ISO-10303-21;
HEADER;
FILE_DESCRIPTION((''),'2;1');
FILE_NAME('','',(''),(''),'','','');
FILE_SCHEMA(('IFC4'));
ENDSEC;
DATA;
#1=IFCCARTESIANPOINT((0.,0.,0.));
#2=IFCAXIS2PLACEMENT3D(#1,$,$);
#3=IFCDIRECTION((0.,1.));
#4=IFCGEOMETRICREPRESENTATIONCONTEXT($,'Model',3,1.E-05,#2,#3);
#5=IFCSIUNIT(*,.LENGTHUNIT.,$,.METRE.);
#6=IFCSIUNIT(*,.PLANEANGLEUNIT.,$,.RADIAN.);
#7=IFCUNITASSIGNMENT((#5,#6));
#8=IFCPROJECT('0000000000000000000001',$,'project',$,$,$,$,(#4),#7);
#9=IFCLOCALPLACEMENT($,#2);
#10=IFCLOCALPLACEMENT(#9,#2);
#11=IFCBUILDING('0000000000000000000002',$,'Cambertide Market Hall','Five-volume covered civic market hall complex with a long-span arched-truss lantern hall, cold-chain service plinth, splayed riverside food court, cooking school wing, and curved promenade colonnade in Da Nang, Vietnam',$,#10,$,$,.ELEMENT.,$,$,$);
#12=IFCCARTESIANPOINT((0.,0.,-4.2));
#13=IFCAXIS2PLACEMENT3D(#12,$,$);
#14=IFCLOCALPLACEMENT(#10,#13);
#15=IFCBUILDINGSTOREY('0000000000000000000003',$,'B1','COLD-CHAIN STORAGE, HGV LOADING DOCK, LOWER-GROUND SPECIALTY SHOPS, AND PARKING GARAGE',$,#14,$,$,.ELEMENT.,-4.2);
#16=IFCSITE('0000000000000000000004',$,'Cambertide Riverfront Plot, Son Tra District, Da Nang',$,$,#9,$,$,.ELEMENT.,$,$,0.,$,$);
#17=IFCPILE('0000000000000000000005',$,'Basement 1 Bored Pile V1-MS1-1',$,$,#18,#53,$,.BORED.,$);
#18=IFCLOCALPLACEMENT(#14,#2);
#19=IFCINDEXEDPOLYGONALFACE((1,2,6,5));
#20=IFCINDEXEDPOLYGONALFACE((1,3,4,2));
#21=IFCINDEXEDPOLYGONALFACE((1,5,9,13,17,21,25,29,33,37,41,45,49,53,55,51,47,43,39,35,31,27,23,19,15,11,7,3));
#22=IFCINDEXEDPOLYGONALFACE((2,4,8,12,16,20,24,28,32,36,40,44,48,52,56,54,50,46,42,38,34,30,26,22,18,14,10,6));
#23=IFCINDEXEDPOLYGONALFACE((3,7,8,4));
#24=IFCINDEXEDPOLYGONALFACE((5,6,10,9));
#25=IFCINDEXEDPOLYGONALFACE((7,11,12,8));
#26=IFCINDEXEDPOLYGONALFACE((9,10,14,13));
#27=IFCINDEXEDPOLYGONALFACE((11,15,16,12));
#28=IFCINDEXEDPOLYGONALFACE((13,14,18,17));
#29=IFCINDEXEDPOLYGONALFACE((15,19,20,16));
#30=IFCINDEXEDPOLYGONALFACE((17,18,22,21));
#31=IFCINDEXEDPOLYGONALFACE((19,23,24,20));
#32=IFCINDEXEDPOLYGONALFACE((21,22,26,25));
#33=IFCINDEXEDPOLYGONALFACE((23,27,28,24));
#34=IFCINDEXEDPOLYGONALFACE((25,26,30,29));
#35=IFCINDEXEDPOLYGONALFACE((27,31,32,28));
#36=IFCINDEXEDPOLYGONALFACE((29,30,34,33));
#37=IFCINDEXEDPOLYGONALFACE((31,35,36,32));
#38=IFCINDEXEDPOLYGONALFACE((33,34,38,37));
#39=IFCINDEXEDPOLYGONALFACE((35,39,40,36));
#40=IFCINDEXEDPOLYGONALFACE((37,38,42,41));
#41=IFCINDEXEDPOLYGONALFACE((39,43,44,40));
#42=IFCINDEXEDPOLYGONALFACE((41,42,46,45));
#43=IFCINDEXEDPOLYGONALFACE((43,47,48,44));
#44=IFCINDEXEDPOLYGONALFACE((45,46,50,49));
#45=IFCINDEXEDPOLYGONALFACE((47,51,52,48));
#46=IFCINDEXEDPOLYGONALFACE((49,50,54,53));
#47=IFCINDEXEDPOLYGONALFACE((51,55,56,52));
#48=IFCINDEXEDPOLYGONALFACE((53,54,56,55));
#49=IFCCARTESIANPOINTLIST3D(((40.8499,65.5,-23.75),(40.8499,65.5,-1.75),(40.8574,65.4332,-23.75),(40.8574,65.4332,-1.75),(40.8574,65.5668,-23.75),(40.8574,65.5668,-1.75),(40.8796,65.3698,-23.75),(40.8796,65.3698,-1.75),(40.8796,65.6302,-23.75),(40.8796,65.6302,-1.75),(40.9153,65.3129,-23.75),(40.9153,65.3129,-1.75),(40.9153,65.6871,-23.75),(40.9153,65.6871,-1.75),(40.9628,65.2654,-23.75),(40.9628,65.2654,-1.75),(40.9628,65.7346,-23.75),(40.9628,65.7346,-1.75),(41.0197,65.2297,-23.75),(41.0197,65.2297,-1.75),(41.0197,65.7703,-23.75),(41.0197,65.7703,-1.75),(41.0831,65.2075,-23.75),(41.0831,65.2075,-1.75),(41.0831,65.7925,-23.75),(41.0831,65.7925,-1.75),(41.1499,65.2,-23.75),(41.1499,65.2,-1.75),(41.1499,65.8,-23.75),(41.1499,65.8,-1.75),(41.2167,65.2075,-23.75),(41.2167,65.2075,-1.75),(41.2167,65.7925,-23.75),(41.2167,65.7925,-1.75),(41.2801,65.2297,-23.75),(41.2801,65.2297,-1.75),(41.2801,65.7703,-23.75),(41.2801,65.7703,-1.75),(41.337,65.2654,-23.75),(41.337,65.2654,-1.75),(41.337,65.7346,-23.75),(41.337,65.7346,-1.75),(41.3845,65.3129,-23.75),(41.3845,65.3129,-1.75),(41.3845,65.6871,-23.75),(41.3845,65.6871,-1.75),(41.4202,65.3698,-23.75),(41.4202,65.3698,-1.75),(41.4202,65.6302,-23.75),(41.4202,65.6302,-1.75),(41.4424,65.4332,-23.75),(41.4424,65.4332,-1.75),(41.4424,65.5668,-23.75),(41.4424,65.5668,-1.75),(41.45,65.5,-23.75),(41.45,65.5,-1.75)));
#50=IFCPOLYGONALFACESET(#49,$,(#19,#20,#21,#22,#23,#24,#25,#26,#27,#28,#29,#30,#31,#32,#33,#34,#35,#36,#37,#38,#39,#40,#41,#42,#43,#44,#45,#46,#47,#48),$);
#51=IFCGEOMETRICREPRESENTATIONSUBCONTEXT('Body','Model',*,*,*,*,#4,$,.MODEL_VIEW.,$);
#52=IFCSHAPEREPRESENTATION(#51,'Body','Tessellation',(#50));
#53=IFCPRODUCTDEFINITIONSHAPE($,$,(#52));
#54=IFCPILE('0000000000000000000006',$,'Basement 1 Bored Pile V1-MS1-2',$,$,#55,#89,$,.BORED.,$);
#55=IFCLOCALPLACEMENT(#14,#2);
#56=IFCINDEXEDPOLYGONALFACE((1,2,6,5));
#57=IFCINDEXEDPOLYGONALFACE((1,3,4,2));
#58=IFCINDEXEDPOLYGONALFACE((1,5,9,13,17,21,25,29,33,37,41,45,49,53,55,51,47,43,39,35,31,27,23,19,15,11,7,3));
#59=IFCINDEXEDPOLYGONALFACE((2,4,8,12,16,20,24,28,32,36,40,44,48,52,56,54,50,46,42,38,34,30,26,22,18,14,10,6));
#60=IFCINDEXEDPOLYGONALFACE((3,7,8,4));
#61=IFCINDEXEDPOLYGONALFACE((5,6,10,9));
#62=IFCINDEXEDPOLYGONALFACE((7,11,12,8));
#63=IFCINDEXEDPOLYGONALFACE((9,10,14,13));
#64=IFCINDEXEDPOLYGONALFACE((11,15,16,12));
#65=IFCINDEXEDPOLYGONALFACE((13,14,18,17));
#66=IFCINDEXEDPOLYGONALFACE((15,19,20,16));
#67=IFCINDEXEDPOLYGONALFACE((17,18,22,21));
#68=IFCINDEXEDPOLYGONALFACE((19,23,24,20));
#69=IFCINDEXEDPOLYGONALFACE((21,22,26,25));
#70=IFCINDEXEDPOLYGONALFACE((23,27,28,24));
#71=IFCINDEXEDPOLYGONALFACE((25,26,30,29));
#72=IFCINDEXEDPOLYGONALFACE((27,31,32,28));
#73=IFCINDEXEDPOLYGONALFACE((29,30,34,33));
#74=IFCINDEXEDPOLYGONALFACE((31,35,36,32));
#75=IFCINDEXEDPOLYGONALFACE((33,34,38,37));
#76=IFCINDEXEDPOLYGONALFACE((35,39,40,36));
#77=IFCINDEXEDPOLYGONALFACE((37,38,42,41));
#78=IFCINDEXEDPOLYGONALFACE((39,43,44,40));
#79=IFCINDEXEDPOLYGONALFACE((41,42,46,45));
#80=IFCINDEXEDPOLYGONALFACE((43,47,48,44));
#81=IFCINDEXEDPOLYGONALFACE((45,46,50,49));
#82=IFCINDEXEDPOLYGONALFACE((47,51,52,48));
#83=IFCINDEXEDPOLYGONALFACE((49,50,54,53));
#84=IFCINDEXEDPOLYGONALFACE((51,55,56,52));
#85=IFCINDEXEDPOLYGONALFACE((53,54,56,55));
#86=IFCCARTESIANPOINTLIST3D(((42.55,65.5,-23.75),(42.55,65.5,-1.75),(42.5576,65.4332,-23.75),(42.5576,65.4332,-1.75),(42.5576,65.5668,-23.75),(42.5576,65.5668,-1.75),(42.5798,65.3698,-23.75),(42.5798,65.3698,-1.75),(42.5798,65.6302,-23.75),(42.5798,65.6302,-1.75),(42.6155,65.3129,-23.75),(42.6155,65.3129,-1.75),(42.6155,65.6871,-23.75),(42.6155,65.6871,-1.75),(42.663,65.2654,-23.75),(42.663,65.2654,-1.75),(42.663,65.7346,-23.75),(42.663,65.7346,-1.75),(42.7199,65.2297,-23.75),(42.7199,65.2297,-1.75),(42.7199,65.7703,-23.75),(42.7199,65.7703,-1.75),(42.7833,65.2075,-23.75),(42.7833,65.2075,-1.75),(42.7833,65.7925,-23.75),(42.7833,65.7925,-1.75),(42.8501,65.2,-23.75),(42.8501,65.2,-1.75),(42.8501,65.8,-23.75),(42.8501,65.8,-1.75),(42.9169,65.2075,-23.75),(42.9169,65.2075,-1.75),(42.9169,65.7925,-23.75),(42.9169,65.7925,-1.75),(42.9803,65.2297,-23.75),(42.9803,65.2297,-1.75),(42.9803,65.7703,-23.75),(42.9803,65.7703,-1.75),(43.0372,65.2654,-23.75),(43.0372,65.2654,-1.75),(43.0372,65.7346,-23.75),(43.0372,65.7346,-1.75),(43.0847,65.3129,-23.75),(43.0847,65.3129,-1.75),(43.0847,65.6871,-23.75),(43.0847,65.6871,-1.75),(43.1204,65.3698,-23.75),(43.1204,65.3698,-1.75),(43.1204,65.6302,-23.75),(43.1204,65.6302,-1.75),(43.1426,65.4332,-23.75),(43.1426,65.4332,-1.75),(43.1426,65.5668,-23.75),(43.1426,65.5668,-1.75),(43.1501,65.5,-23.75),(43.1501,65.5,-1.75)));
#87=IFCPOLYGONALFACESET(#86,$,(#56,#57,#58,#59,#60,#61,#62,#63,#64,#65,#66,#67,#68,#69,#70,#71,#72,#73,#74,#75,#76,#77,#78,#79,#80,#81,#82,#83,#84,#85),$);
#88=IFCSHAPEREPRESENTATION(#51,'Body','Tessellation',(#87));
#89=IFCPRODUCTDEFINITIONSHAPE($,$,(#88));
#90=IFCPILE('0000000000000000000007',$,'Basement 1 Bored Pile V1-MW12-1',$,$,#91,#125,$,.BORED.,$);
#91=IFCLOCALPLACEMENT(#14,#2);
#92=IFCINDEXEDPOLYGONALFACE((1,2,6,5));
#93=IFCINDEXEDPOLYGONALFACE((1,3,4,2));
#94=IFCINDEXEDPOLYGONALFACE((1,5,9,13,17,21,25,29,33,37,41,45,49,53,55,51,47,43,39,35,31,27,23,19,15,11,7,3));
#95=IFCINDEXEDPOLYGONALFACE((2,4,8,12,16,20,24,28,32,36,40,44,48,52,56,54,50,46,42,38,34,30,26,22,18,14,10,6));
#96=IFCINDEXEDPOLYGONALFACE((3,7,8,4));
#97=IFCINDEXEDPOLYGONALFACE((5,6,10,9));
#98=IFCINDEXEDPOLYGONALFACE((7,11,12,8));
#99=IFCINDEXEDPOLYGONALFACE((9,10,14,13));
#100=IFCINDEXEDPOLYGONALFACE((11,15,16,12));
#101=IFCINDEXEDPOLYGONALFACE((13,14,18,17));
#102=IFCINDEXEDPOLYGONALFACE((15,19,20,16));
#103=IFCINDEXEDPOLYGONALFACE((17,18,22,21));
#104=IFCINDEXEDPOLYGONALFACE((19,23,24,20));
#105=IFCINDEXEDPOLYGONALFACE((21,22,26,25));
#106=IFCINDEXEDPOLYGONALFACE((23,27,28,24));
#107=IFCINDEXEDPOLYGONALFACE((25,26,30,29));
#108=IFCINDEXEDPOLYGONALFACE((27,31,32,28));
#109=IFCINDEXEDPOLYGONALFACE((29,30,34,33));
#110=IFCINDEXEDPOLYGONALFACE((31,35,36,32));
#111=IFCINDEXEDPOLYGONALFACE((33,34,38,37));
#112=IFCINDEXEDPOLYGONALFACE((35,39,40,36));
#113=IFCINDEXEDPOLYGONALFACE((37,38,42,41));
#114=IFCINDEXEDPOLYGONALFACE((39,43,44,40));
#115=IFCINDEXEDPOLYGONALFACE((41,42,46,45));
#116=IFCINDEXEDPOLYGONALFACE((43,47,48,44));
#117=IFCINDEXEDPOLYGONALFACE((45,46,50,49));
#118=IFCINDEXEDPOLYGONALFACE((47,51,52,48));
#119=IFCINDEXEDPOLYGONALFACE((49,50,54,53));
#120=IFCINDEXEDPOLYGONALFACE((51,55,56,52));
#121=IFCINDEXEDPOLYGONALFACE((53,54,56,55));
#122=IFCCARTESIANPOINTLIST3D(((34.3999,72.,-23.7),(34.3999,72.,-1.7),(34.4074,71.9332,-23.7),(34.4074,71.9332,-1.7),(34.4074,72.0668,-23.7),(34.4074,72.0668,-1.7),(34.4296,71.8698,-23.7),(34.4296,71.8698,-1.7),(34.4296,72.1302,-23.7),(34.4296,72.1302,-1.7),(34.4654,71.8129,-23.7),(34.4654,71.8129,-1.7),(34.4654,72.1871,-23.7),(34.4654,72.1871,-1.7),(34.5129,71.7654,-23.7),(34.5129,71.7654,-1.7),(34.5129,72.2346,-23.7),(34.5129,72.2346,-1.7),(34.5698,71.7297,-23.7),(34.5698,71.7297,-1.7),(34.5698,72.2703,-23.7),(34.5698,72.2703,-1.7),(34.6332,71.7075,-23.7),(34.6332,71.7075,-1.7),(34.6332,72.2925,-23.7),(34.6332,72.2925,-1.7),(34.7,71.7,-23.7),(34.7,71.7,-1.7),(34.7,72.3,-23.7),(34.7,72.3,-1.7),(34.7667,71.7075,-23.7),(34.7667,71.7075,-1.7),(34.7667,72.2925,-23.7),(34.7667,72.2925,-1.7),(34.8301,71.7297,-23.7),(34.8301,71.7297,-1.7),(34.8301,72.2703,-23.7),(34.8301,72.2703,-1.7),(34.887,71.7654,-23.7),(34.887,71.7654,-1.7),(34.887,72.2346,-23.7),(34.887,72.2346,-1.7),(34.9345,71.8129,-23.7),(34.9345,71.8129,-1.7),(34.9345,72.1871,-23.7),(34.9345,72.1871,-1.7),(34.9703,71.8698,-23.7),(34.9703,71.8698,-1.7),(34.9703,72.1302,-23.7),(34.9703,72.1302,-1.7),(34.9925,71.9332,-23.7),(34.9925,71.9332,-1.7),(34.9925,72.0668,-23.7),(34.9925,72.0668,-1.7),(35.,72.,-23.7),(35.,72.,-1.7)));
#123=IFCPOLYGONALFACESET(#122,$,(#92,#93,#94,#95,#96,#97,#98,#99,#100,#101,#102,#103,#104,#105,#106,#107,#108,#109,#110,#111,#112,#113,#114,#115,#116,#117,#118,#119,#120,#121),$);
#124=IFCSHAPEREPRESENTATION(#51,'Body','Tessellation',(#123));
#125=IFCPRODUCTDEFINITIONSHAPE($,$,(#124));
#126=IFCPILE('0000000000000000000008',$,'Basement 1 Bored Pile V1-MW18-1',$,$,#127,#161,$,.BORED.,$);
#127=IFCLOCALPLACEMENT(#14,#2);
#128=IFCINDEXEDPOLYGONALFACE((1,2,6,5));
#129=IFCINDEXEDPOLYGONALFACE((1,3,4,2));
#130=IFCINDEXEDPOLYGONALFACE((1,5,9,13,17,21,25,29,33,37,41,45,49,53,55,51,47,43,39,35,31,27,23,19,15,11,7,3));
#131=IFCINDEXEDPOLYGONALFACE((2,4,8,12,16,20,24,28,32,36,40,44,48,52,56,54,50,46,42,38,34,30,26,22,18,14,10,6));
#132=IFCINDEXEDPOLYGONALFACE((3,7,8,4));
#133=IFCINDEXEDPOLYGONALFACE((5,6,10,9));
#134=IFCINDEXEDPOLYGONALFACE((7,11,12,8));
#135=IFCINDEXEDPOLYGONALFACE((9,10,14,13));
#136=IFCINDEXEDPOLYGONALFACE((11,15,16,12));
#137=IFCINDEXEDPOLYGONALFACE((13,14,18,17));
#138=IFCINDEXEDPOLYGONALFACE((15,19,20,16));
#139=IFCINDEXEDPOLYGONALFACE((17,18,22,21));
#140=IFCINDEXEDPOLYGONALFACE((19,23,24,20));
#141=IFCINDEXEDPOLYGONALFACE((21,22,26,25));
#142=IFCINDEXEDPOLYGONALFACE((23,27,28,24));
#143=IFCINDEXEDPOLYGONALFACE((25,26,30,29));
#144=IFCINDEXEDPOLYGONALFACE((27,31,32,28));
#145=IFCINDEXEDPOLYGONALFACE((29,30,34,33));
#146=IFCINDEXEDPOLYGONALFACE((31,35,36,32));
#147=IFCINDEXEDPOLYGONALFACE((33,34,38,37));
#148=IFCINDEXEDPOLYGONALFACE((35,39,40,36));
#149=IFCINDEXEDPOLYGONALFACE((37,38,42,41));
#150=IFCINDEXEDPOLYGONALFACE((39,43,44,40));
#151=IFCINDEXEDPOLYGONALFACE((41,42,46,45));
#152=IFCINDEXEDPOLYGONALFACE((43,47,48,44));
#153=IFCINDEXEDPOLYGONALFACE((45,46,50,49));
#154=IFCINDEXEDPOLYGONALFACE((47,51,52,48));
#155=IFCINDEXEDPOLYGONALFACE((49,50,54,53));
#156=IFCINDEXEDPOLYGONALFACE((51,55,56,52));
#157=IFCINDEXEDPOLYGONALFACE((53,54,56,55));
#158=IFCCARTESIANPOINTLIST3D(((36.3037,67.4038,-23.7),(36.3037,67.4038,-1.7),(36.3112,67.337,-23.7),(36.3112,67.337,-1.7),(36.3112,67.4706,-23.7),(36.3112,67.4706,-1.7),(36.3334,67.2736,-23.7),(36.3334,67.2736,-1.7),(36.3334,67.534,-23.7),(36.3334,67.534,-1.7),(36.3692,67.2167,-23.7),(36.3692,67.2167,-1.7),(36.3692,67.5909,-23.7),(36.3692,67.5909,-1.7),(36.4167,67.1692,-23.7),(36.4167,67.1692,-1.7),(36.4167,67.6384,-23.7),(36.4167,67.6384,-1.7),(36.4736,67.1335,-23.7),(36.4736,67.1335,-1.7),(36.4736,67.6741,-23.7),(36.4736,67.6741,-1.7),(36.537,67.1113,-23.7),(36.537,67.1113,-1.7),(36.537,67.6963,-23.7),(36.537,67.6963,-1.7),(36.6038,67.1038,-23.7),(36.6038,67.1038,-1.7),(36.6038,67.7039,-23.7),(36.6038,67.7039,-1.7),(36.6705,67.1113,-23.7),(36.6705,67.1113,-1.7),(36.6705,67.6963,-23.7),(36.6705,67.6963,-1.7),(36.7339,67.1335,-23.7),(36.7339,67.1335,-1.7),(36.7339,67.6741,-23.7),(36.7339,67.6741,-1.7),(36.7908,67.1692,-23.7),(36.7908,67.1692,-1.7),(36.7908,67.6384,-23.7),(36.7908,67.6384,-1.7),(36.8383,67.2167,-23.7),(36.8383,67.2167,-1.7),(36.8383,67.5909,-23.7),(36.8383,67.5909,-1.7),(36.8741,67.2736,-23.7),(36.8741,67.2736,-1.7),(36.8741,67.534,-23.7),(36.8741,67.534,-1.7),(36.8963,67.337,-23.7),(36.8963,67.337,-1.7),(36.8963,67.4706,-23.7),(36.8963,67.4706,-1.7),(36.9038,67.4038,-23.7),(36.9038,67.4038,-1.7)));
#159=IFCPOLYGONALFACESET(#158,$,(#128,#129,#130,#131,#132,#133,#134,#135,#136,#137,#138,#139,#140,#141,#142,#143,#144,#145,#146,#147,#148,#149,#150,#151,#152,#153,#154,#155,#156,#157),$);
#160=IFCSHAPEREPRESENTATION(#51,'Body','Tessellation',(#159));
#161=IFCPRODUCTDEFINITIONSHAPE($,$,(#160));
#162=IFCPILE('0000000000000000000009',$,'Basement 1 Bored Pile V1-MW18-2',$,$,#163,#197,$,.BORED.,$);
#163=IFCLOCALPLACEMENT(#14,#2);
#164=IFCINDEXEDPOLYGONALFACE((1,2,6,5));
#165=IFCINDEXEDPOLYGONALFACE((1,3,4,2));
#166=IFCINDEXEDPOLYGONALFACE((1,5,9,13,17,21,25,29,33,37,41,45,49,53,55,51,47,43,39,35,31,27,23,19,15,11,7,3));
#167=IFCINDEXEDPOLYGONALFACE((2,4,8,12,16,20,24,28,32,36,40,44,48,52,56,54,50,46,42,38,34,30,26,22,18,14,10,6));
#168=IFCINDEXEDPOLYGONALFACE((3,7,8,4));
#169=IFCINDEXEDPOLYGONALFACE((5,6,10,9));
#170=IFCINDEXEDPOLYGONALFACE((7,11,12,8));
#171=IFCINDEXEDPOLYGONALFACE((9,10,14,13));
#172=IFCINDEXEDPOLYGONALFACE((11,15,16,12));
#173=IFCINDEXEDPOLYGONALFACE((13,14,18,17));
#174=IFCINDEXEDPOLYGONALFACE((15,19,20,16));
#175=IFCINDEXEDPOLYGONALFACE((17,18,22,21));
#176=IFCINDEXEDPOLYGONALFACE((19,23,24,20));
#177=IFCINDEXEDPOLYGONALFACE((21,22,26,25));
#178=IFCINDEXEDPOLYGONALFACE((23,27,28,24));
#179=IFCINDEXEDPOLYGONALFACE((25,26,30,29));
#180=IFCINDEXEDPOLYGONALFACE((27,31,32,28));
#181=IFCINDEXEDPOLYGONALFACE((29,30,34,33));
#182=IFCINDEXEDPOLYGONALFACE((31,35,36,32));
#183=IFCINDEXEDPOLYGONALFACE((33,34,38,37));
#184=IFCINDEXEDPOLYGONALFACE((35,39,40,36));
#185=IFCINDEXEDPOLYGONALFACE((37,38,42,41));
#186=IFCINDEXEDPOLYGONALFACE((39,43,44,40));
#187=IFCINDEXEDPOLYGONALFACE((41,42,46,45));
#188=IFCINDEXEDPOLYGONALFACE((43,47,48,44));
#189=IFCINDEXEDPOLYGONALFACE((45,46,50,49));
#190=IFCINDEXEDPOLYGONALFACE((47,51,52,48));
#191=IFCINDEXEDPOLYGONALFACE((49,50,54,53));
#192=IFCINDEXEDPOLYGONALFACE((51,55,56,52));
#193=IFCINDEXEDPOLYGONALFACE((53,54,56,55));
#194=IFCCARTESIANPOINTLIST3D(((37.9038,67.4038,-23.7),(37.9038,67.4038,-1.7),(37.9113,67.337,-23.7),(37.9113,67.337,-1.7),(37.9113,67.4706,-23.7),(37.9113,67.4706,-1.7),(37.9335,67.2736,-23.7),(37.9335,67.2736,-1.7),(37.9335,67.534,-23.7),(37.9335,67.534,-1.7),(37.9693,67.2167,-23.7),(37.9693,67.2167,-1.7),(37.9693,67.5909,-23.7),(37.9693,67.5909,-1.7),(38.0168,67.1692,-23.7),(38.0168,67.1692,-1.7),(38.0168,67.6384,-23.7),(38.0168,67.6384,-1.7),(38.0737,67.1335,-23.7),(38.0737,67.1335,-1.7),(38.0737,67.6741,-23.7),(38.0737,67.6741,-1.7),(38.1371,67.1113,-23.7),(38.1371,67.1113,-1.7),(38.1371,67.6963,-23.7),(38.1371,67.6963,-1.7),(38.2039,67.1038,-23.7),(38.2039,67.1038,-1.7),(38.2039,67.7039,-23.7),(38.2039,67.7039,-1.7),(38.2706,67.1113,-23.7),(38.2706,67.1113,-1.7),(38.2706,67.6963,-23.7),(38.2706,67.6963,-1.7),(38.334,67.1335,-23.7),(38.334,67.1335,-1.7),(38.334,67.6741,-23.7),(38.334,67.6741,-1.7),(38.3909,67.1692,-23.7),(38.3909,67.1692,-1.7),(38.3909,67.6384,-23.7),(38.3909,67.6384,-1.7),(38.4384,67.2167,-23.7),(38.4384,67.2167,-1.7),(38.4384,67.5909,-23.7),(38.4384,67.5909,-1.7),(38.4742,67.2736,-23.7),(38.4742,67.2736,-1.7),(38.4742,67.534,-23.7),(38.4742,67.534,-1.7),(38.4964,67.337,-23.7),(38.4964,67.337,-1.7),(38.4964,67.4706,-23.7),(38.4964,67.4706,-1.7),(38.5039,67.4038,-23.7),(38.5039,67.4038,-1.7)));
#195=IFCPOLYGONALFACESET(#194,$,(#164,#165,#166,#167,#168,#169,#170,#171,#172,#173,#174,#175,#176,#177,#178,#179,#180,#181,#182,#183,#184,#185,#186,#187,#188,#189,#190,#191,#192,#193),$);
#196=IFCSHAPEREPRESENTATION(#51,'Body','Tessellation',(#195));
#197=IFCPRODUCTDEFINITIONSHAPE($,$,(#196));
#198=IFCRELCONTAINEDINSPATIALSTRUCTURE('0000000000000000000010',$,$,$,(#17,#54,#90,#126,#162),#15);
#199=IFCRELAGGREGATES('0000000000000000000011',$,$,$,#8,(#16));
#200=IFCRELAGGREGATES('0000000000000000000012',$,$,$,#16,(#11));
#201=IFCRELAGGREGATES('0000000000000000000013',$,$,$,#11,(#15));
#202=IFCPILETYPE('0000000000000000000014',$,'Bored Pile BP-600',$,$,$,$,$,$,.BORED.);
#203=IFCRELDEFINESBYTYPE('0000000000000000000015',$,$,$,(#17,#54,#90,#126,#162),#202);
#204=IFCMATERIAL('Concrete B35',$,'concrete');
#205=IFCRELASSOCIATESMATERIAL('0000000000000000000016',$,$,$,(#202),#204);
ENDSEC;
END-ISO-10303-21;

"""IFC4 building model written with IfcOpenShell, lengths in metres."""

from ifc_helpers import new_model, si_unit, direction, frame, origin, origin_2d, place, context, subcontext, project, spatial, circle, extrude, material, material_profile, profile_set, type_object, element, save


model = new_model("IFC4")

# Units and contexts
model_context = context("Model", 3, precision=1e-05, world=origin(), true_north=direction((0.0, 1.0)))
body_context = subcontext(model_context, "Body", "Model", "MODEL_VIEW")
ifc_project = project(units=[si_unit("LENGTHUNIT", "METRE"), si_unit("PLANEANGLEUNIT", "RADIAN")], contexts=[model_context])

# Site, building, storey
site_placement = place(None, origin())
site = spatial("IfcSite", under=ifc_project, at=site_placement, Name="Cambertide Riverfront Plot, Son Tra District, Da Nang", CompositionType="ELEMENT", RefElevation=0.0)
building_placement = place(site_placement, origin())
building = spatial("IfcBuilding", under=site, at=building_placement, Name="Cambertide Market Hall", Description="Five-volume covered civic market hall complex with a long-span arched-truss lantern hall, cold-chain service plinth, splayed riverside food court, cooking school wing, and curved promenade colonnade in Da Nang, Vietnam", CompositionType="ELEMENT")
storey_placement = place(building_placement, frame((0.0, 0.0, -4.2)))
storey = spatial("IfcBuildingStorey", under=building, at=storey_placement, Name="B1", Description="COLD-CHAIN STORAGE, HGV LOADING DOCK, LOWER-GROUND SPECIALTY SHOPS, AND PARKING GARAGE", CompositionType="ELEMENT", Elevation=-4.2)

# Piles
ifc_material_1 = material(Name="Concrete B35", Category="concrete")
ifc_material_profile_1 = material_profile(ifc_material_1, circle(Radius=0.3, at=origin_2d()), Name="BP D600")
ifc_profile_set_1 = profile_set([ifc_material_profile_1], Name="Concrete B35")
pile_type_1 = type_object("IfcPileType", Name="Bored Pile BP-600", PredefinedType="BORED", material=ifc_profile_set_1)
for number, where, z_axis, x_axis, name in (
    (1, (41.1499, 65.5, -1.75), (0.0, 0.0, -1.0), (1.0, 0.0, 0.0), "Basement 1 Bored Pile V1-MS1-1"),
    (2, (42.8501, 65.5, -1.75), (0.0, 0.0, -1.0), (1.0, 0.0, 0.0), "Basement 1 Bored Pile V1-MS1-2"),
    (3, (34.7, 72.0, -1.7), (0.0, 0.0, -1.0), (1.0, 0.0, 0.0), "Basement 1 Bored Pile V1-MW12-1"),
    (4, (36.6038, 67.4038, -1.7), (0.0, 0.0, -1.0), (1.0, 0.0, 0.0), "Basement 1 Bored Pile V1-MW18-1"),
    (5, (38.2039, 67.4038, -1.7), (0.0, 0.0, -1.0), (1.0, 0.0, 0.0), "Basement 1 Bored Pile V1-MW18-2"),
):
    element("IfcPile", number, at=place(storey_placement, frame(where, z_axis=z_axis, x_axis=x_axis)), inside=storey, type_object=pile_type_1, Name=name, PredefinedType="BORED", context=body_context, shape_type="SweptSolid", body=[
        extrude(circle(Radius=0.3, at=origin_2d()), origin(), (0.0, 0.0, 1.0), 22.0),
    ])

save(model, "model.ifc")
